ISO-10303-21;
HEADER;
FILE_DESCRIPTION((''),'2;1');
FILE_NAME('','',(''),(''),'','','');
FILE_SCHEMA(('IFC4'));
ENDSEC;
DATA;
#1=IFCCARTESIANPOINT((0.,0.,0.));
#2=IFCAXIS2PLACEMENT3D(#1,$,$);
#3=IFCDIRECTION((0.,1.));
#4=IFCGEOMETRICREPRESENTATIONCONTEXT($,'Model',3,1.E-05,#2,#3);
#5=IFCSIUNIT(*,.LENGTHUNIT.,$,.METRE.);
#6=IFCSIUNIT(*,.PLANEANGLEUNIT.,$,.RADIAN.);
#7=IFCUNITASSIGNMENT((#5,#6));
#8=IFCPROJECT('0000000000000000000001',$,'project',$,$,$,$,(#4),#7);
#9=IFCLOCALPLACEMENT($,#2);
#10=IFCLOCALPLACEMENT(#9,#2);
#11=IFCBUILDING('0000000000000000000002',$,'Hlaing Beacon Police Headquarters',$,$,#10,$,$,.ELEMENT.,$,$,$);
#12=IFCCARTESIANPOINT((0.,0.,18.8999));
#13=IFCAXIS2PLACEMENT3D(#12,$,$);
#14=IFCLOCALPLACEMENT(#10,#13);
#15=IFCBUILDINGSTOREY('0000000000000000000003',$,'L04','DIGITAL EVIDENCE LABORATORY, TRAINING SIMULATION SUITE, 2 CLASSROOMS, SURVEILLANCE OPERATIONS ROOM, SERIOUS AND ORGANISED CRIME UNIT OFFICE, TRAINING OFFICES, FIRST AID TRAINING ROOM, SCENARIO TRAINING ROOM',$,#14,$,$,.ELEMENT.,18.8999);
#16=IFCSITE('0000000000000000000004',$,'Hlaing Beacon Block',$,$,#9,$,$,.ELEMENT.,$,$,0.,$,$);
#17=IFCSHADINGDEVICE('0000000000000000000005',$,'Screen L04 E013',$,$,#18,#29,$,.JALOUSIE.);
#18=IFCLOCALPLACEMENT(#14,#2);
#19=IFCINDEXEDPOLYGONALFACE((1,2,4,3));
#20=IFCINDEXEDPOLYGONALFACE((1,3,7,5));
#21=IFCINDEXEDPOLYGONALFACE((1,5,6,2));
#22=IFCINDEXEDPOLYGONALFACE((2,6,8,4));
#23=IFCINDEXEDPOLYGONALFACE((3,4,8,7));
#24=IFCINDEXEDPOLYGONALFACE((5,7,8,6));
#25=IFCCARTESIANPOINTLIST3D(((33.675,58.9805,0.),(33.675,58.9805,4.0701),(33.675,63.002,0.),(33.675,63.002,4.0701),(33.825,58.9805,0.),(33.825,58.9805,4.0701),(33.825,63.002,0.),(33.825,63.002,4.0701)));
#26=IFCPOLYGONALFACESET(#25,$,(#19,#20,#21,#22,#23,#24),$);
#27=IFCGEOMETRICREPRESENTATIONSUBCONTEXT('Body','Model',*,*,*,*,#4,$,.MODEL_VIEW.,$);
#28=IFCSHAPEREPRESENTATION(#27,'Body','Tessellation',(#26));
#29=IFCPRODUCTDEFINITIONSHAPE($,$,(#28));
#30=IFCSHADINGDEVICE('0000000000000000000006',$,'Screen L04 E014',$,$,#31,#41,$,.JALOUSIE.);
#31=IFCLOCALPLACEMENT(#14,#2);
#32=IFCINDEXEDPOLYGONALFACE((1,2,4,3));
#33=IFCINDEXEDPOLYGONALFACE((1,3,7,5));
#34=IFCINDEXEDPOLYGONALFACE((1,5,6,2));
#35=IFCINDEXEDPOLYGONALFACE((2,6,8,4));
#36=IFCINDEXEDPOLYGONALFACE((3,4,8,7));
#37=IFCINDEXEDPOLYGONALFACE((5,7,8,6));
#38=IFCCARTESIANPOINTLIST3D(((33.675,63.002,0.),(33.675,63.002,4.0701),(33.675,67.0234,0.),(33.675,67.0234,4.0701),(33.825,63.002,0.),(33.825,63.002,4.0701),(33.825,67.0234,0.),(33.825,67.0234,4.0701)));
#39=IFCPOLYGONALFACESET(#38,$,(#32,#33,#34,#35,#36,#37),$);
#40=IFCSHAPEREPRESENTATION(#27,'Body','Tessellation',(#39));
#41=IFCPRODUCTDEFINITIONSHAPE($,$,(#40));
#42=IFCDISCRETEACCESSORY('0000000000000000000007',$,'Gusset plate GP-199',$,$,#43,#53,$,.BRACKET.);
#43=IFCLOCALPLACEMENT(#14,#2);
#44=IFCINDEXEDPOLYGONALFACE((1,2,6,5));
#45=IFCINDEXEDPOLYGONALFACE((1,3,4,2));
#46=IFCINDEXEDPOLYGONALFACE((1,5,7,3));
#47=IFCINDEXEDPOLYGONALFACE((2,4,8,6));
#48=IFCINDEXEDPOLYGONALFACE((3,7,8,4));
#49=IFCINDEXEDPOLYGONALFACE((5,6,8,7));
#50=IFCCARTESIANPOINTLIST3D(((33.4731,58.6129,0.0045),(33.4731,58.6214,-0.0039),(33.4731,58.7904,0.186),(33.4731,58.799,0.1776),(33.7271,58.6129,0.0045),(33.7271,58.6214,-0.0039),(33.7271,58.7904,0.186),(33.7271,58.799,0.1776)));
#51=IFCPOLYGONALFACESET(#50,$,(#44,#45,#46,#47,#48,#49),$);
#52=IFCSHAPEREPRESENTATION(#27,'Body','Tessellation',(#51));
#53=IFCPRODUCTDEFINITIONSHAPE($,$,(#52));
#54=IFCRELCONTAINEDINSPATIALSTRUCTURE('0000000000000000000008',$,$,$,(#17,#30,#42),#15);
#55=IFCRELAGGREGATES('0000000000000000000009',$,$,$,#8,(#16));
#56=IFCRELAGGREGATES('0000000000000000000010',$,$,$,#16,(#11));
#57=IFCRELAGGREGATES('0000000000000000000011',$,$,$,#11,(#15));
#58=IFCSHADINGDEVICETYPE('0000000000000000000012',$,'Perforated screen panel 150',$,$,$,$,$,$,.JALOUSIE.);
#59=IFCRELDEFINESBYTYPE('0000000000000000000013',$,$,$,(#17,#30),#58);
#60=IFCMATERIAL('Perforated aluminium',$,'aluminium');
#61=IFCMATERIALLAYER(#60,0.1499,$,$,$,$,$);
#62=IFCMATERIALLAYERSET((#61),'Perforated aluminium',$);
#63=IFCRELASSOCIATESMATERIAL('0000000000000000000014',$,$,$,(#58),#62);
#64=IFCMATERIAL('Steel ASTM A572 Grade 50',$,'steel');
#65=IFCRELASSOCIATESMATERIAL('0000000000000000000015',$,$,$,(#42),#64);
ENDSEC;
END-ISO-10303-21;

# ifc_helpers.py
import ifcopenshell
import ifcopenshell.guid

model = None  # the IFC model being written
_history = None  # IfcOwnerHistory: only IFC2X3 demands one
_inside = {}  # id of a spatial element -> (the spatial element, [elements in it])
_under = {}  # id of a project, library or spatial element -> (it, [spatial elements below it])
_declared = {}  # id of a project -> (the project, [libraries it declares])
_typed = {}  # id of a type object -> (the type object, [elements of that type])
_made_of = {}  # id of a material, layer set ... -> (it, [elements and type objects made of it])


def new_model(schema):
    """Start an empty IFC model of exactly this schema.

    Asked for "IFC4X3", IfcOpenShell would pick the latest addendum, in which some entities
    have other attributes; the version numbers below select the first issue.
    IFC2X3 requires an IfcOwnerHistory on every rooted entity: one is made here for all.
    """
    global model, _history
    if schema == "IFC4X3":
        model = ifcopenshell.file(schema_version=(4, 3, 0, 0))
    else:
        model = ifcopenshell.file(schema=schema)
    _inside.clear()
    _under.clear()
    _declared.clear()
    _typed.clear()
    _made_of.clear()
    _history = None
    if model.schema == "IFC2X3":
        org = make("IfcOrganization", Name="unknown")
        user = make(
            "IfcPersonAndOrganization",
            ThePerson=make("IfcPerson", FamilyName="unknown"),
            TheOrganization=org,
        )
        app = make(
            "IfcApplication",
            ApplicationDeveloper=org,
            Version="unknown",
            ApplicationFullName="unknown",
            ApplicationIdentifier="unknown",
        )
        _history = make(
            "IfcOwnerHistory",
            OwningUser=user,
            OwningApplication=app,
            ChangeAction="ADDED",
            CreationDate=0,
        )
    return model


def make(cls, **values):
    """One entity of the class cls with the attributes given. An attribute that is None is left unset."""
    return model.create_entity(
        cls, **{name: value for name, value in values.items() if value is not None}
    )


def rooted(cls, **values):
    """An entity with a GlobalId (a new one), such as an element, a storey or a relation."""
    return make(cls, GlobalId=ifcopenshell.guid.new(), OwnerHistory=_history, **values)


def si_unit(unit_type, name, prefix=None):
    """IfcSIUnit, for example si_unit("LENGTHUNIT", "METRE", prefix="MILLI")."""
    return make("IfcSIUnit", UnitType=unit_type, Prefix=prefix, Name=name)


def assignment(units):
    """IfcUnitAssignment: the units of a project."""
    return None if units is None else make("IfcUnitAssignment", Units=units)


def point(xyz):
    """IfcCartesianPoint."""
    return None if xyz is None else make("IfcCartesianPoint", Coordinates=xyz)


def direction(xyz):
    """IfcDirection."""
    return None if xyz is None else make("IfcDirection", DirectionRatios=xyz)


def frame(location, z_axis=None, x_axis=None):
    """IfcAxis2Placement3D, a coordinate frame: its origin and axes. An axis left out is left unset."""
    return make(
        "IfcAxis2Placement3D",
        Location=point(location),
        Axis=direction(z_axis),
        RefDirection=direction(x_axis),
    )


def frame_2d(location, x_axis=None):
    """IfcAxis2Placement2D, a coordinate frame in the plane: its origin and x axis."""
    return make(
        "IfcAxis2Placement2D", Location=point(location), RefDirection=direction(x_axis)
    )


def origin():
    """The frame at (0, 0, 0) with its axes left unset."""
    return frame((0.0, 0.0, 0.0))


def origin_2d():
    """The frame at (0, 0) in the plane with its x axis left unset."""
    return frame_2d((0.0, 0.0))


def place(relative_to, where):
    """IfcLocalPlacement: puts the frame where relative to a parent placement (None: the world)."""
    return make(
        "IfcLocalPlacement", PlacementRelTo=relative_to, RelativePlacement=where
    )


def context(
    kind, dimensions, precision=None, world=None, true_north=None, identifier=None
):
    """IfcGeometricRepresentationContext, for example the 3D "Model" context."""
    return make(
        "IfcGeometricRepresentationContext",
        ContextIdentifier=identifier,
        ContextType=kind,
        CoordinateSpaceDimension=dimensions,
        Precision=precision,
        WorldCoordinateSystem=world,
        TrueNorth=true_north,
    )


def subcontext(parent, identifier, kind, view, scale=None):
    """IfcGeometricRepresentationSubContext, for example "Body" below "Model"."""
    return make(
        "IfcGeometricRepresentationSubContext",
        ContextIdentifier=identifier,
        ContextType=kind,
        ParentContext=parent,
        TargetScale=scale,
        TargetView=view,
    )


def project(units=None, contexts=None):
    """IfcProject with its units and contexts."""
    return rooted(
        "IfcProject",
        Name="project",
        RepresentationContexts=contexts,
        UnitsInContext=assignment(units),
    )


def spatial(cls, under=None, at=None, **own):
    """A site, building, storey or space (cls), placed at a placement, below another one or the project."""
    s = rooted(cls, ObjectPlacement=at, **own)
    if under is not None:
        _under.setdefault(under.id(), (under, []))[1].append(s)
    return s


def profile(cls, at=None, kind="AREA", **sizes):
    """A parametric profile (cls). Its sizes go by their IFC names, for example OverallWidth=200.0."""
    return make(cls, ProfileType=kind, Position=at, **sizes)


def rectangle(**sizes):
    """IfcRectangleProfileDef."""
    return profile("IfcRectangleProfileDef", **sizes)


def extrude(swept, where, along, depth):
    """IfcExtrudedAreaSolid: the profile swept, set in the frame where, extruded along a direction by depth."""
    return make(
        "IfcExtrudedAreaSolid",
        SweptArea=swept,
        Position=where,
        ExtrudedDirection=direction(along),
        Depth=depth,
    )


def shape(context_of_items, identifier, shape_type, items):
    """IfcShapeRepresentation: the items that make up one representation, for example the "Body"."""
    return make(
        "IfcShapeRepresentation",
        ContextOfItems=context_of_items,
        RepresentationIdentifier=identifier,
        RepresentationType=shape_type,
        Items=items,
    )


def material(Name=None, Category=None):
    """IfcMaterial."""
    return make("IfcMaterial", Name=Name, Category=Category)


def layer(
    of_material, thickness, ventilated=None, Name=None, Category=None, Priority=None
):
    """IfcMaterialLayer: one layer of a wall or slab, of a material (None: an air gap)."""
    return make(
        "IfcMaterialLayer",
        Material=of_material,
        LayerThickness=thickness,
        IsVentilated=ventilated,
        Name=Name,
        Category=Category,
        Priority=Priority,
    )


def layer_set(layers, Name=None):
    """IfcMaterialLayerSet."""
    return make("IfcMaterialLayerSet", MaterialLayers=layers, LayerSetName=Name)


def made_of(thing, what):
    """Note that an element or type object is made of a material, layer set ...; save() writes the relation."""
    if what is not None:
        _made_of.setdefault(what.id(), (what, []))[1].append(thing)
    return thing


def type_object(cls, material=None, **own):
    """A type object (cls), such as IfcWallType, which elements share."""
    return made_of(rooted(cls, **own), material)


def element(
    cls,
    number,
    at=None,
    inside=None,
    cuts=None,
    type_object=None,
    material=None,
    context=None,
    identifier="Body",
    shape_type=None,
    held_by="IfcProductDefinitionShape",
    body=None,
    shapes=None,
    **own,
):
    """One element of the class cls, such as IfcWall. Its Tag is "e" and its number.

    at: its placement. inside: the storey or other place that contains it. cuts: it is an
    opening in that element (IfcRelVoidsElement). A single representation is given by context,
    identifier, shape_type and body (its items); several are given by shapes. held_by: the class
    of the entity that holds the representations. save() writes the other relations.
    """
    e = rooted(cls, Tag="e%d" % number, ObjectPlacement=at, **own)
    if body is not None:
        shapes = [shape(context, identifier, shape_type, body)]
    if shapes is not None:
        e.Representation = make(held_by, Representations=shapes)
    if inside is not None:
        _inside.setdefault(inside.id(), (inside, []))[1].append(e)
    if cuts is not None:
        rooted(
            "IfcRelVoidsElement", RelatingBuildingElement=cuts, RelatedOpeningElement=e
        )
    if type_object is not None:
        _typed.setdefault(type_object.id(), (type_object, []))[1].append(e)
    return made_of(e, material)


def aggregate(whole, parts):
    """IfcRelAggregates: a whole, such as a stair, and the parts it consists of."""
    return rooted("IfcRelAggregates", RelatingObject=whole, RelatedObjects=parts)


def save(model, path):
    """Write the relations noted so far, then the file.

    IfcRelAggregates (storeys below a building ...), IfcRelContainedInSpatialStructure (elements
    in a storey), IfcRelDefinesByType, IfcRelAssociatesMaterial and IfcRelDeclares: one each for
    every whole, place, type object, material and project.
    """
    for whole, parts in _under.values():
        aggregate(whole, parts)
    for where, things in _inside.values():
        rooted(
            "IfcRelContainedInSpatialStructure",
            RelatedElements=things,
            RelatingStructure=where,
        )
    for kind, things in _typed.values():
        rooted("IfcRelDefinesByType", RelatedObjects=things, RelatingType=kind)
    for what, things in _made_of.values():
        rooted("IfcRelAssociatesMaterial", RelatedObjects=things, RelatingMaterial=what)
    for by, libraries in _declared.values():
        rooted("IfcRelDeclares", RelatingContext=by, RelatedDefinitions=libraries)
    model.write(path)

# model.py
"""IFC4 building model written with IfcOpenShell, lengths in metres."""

from ifc_helpers import new_model, si_unit, direction, frame, origin, origin_2d, place, context, subcontext, project, spatial, rectangle, extrude, material, layer, layer_set, type_object, element, save


model = new_model("IFC4")

# Units and contexts
model_context = context("Model", 3, precision=1e-05, world=origin(), true_north=direction((0.0, 1.0)))
body_context = subcontext(model_context, "Body", "Model", "MODEL_VIEW")
ifc_project = project(units=[si_unit("LENGTHUNIT", "METRE"), si_unit("PLANEANGLEUNIT", "RADIAN")], contexts=[model_context])

# Site, building, storey
site_placement = place(None, origin())
site = spatial("IfcSite", under=ifc_project, at=site_placement, Name="Hlaing Beacon Block", CompositionType="ELEMENT", RefElevation=0.0)
building_placement = place(site_placement, origin())
building = spatial("IfcBuilding", under=site, at=building_placement, Name="Hlaing Beacon Police Headquarters", CompositionType="ELEMENT")
storey_placement = place(building_placement, frame((0.0, 0.0, 18.8999)))
storey = spatial("IfcBuildingStorey", under=building, at=storey_placement, Name="L04", Description="DIGITAL EVIDENCE LABORATORY, TRAINING SIMULATION SUITE, 2 CLASSROOMS, SURVEILLANCE OPERATIONS ROOM, SERIOUS AND ORGANISED CRIME UNIT OFFICE, TRAINING OFFICES, FIRST AID TRAINING ROOM, SCENARIO TRAINING ROOM", CompositionType="ELEMENT", Elevation=18.8999)

# Shading devices
ifc_material_1 = material(Name="Perforated aluminium", Category="aluminium")
ifc_layer_1 = layer(ifc_material_1, 0.1499)
ifc_layer_set_1 = layer_set([ifc_layer_1], Name="Perforated aluminium")
shading_device_type = type_object("IfcShadingDeviceType", Name="Perforated screen panel 150", PredefinedType="JALOUSIE", material=ifc_layer_set_1)
for number, where, z_axis, x_axis, name in (
    (1, (33.75, 60.9912, 0.0), (0.0, 0.0, 1.0), (0.0, 1.0, 0.0), "Screen L04 E013"),
    (2, (33.75, 65.0127, 0.0), (0.0, 0.0, 1.0), (0.0, 1.0, 0.0), "Screen L04 E014"),
):
    element("IfcShadingDevice", number, at=place(storey_placement, frame(where, z_axis=z_axis, x_axis=x_axis)), inside=storey, type_object=shading_device_type, Name=name, PredefinedType="JALOUSIE", context=body_context, shape_type="SweptSolid", body=[
        extrude(rectangle(XDim=4.0215, YDim=0.1499, at=origin_2d()), origin(), (0.0, 0.0, 1.0), 4.0701),
    ])

# Discrete accessory
ifc_material_2 = material(Name="Steel ASTM A572 Grade 50", Category="steel")
discrete_accessory_placement = place(storey_placement, frame((33.6001, 58.7017, 0.0952), z_axis=(0.0, 0.714838, -0.69929), x_axis=(-1.0, 0.0, 0.0)))
element("IfcDiscreteAccessory", 3, at=discrete_accessory_placement, inside=storey, material=ifc_material_2, Name="Gusset plate GP-199", PredefinedType="BRACKET", context=body_context, shape_type="SweptSolid", body=[
    extrude(rectangle(XDim=0.2539, YDim=0.2539, at=origin_2d()), origin(), (0.0, 0.0, 1.0), 0.012),
])

save(model, "model.ifc")
